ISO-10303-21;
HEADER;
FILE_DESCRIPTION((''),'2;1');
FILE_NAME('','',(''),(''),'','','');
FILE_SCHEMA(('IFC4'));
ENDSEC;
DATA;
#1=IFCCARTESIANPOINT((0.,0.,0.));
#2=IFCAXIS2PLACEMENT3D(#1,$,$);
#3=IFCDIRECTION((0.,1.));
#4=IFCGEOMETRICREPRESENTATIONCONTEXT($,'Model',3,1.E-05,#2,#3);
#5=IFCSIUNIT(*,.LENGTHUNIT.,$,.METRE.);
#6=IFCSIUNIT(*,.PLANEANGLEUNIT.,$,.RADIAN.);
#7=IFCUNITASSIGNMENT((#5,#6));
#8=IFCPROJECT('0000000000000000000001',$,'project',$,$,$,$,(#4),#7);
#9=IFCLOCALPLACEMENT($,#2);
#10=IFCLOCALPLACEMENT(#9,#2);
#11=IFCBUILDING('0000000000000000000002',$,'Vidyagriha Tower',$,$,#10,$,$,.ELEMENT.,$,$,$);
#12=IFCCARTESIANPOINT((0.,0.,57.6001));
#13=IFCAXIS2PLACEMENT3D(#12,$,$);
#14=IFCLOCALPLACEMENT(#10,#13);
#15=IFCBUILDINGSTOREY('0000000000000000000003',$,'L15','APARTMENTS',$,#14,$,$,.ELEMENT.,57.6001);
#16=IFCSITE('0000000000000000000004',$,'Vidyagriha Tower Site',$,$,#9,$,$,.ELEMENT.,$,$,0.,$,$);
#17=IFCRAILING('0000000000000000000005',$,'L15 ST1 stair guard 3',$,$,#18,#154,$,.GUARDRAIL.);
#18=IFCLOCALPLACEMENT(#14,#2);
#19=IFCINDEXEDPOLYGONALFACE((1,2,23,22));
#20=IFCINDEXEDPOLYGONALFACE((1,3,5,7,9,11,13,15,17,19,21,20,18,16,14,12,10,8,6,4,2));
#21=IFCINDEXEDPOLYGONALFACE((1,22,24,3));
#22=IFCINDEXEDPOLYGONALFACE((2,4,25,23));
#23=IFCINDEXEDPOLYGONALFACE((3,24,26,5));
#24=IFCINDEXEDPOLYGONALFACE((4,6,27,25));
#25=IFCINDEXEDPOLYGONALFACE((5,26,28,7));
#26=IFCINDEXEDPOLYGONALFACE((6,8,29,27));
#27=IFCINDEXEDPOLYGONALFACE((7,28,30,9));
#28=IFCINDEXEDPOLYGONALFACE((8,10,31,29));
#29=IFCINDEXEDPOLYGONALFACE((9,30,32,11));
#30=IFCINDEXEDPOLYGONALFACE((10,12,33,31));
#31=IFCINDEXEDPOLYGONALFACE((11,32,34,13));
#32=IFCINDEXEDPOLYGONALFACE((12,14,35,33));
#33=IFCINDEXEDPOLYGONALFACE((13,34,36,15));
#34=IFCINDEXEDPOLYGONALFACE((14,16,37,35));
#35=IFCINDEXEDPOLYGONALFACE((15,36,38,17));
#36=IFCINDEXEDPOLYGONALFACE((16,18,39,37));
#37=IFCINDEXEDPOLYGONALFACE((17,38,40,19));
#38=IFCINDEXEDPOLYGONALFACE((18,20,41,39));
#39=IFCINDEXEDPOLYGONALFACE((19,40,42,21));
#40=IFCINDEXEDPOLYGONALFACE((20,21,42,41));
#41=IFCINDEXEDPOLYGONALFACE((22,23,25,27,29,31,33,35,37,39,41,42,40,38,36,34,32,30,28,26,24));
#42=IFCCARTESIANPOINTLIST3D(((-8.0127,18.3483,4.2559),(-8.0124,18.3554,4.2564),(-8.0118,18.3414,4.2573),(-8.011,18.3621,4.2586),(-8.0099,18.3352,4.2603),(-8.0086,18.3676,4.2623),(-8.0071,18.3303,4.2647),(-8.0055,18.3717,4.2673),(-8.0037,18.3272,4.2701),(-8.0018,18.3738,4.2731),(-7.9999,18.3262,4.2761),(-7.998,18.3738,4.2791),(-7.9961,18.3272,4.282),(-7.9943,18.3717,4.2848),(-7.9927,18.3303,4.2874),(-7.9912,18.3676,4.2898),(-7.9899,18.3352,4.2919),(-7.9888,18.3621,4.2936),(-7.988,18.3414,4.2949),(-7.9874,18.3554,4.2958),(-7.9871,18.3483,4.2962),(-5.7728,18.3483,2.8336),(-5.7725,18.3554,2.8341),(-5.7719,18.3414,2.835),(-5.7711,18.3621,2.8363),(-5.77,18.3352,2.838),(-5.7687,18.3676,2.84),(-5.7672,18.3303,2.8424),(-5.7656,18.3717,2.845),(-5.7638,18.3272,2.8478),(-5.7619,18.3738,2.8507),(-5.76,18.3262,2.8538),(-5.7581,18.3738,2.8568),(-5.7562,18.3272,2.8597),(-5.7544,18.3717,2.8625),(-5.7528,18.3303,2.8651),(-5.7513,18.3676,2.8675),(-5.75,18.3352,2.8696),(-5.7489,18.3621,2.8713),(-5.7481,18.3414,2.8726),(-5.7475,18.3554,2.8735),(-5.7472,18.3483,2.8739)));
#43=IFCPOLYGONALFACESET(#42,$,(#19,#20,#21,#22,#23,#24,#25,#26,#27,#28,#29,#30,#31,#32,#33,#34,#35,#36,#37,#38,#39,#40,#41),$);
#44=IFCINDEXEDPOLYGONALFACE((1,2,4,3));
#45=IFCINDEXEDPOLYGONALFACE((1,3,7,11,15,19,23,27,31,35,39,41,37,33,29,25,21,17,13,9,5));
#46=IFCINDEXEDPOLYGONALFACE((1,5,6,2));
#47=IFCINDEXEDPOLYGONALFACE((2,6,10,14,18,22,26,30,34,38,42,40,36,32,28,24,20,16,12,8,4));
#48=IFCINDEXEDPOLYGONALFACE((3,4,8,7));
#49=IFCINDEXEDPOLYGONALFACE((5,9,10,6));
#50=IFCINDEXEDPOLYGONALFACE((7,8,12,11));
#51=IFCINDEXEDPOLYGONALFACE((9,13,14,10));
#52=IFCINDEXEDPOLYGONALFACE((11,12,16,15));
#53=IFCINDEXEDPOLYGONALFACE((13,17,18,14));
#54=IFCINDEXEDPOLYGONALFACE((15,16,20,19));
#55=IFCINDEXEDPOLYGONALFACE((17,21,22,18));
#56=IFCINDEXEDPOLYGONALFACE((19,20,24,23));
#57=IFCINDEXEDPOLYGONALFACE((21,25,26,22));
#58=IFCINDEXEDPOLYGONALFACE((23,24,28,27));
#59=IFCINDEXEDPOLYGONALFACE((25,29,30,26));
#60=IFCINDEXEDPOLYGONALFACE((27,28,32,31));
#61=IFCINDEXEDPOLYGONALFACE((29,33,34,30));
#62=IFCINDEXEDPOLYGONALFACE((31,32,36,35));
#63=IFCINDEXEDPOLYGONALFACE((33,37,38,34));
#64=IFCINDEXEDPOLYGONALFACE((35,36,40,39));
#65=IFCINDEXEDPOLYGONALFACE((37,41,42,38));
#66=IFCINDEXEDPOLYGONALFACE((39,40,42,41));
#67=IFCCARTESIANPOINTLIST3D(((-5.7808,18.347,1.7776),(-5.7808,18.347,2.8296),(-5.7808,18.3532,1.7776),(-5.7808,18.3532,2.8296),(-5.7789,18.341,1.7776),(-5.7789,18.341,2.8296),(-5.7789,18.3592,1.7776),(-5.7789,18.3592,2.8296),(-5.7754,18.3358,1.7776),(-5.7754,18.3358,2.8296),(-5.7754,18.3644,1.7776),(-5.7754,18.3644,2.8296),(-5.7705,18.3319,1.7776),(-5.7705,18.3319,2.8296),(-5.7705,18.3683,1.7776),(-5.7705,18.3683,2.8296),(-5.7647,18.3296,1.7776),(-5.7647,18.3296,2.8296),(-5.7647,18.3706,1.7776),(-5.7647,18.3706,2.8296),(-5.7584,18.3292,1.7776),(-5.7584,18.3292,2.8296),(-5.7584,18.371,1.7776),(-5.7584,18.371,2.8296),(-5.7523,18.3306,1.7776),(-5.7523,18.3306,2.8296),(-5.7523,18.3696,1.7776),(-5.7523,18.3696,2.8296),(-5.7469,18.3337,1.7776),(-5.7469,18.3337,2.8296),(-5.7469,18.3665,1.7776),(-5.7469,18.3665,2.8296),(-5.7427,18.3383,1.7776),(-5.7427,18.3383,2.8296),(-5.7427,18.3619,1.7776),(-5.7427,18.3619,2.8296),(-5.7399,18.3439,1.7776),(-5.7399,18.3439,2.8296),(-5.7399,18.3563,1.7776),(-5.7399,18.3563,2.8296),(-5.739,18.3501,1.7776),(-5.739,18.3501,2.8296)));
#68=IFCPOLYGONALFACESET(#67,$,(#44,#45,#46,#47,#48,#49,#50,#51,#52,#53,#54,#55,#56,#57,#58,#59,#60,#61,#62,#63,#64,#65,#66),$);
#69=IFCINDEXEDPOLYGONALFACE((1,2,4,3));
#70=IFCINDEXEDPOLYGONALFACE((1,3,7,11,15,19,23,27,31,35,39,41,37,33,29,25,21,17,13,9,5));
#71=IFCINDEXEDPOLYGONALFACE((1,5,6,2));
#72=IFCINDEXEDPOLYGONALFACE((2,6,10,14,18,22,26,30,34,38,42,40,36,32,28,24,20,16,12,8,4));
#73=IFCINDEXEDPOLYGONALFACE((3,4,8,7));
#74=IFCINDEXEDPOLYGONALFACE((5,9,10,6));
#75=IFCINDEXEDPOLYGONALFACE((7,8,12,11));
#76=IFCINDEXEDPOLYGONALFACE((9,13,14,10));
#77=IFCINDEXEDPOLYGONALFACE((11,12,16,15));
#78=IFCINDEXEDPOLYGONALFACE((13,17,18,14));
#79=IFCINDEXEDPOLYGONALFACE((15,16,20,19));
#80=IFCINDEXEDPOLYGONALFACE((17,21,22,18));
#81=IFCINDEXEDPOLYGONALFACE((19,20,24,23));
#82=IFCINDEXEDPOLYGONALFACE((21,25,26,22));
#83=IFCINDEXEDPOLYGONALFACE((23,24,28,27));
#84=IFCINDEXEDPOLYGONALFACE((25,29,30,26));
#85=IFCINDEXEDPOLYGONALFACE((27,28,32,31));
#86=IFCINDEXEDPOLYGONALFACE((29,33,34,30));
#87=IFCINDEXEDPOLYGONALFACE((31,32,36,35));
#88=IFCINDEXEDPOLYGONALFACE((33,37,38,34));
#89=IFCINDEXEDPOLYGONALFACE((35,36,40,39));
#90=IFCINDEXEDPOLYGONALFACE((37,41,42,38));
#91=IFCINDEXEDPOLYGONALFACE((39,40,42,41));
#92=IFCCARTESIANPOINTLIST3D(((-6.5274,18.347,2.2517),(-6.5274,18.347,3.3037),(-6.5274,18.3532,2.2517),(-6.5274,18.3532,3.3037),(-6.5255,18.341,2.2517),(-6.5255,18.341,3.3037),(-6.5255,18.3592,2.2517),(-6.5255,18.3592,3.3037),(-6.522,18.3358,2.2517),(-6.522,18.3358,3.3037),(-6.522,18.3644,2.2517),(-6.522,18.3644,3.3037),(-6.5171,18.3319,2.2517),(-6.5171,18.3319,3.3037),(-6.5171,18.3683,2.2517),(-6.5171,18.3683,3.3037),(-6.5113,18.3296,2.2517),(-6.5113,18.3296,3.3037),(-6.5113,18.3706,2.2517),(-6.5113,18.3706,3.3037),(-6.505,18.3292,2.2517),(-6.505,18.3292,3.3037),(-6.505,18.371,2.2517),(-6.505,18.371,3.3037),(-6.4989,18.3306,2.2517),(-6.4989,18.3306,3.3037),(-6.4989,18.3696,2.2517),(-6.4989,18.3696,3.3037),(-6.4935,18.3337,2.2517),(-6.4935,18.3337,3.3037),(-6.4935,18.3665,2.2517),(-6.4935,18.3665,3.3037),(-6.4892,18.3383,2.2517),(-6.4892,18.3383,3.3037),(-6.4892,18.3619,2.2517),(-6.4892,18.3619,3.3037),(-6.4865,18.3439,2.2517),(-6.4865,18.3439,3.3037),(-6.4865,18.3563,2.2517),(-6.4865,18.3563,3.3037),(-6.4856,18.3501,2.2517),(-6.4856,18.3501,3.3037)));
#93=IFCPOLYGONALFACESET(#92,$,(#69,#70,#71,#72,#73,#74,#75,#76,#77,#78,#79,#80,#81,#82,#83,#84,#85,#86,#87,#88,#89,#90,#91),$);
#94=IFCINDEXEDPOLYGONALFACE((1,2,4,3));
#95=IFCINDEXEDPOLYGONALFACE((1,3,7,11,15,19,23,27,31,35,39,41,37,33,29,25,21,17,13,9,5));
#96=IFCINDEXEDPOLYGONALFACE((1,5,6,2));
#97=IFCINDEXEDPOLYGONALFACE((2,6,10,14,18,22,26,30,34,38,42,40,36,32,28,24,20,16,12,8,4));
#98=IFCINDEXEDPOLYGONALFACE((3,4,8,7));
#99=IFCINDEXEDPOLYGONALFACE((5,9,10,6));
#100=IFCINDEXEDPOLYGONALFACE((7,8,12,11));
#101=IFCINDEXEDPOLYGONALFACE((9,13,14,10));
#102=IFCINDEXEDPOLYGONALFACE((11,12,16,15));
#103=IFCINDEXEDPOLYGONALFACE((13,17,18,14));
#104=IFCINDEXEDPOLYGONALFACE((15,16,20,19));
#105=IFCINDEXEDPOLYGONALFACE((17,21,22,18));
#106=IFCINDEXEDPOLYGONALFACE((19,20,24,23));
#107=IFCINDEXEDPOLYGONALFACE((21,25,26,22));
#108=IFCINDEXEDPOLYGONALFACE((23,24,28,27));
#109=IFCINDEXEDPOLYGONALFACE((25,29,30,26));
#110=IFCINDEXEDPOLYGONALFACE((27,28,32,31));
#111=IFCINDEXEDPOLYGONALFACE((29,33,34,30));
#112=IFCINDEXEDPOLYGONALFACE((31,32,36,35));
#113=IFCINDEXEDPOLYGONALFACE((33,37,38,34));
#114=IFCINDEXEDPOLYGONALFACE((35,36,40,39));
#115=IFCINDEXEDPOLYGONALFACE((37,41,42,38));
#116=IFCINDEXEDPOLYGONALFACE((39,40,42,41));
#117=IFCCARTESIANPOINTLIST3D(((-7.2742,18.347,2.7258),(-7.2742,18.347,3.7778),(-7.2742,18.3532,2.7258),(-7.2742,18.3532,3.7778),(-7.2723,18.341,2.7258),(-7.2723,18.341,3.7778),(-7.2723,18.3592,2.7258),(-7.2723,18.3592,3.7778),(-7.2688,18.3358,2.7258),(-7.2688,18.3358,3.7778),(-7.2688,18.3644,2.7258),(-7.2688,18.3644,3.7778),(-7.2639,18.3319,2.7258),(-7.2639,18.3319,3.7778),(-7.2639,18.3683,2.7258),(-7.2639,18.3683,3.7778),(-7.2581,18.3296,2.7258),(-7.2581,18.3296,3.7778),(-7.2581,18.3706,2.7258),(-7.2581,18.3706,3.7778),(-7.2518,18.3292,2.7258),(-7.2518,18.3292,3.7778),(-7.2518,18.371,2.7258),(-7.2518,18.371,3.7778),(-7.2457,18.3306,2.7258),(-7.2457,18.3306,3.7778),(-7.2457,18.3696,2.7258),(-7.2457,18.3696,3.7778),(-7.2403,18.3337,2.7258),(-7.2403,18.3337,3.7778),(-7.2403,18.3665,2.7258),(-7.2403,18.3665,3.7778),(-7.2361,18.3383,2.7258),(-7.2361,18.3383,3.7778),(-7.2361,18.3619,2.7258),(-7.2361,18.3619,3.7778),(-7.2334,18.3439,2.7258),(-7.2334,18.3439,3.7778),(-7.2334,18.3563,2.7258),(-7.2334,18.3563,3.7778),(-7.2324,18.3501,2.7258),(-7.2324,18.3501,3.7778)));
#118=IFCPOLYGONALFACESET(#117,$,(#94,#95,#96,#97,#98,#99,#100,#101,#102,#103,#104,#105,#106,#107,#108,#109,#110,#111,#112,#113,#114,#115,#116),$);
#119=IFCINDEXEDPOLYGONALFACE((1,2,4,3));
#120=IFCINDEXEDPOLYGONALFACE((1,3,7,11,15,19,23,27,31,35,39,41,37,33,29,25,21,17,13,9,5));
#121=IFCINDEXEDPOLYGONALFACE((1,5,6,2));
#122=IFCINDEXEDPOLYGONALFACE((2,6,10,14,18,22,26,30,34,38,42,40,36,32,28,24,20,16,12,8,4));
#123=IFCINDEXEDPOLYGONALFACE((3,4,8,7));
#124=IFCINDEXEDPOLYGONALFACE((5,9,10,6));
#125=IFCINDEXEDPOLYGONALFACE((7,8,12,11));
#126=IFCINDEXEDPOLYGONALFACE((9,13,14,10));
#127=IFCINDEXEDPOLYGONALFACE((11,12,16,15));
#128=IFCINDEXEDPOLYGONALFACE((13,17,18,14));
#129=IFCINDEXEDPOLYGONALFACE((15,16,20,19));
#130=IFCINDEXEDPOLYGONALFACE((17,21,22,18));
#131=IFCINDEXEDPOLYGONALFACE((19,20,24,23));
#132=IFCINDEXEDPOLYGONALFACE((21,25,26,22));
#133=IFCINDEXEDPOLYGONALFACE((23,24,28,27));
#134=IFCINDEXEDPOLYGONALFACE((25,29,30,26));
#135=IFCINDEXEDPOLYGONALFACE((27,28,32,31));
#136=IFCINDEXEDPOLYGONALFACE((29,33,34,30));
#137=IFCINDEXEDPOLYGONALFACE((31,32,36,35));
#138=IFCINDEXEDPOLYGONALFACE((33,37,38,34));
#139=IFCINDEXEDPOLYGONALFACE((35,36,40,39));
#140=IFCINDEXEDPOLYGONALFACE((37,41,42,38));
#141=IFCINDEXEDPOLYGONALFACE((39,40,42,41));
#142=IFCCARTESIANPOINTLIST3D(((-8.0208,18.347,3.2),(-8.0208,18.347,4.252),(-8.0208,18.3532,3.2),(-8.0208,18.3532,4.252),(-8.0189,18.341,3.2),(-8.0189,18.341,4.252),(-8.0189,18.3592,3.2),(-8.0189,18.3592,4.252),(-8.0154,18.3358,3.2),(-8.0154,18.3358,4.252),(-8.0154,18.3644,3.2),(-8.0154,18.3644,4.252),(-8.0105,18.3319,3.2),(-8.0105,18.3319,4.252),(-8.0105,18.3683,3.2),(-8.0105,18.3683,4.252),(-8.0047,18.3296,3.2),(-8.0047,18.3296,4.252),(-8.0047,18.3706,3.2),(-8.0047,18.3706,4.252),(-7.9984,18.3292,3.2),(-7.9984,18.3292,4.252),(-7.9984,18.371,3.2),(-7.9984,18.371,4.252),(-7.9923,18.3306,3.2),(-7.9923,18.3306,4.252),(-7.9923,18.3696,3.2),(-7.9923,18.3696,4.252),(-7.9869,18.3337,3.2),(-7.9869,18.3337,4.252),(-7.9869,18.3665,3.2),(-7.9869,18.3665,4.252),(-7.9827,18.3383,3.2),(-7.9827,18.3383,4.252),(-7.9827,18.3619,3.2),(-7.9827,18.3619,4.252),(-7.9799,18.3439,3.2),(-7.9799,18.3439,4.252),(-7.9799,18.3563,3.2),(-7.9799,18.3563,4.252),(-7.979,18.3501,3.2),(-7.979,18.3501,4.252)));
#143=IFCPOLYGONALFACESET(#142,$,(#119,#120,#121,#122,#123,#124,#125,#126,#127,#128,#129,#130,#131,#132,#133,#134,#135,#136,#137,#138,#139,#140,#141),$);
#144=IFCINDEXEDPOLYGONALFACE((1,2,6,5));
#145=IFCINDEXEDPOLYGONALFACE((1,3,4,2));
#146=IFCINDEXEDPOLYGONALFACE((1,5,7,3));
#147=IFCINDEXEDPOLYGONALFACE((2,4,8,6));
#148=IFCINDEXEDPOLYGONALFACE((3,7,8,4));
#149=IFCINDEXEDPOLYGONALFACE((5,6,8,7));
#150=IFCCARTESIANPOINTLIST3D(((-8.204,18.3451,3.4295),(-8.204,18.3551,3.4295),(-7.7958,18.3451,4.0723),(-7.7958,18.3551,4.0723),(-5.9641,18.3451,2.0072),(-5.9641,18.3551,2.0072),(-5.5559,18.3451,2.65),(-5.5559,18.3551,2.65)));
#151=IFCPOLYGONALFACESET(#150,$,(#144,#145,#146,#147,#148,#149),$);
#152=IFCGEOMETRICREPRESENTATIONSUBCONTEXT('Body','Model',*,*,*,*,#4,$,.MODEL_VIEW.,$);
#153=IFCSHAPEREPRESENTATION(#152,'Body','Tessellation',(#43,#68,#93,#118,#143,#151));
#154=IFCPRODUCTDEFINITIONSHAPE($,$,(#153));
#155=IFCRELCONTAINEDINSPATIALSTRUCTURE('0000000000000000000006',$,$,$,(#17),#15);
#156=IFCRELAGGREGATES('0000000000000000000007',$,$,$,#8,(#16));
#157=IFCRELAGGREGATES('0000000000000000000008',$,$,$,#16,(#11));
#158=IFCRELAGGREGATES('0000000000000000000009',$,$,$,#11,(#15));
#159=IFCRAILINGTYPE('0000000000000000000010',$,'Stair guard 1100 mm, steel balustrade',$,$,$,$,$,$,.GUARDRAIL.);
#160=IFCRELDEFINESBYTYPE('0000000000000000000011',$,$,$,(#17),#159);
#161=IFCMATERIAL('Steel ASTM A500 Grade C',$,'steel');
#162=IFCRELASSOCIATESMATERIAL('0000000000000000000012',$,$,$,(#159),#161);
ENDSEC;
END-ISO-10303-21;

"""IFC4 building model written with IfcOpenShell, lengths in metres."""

from ifc_helpers import new_model, si_unit, direction, frame, origin, origin_2d, place, context, subcontext, project, spatial, rectangle, circle, extrude, material, type_object, element, save


model = new_model("IFC4")

# Units and contexts
model_context = context("Model", 3, precision=1e-05, world=origin(), true_north=direction((0.0, 1.0)))
body_context = subcontext(model_context, "Body", "Model", "MODEL_VIEW")
ifc_project = project(units=[si_unit("LENGTHUNIT", "METRE"), si_unit("PLANEANGLEUNIT", "RADIAN")], contexts=[model_context])

# Site, building, storey
site_placement = place(None, origin())
site = spatial("IfcSite", under=ifc_project, at=site_placement, Name="Vidyagriha Tower Site", CompositionType="ELEMENT", RefElevation=0.0)
building_placement = place(site_placement, origin())
building = spatial("IfcBuilding", under=site, at=building_placement, Name="Vidyagriha Tower", CompositionType="ELEMENT")
storey_placement = place(building_placement, frame((0.0, 0.0, 57.6001)))
storey = spatial("IfcBuildingStorey", under=building, at=storey_placement, Name="L15", Description="APARTMENTS", CompositionType="ELEMENT", Elevation=57.6001)

# Railing
ifc_material_1 = material(Name="Steel ASTM A500 Grade C", Category="steel")
railing_type_1 = type_object("IfcRailingType", Name="Stair guard 1100 mm, steel balustrade", PredefinedType="GUARDRAIL", material=ifc_material_1)
railing_1_placement = place(storey_placement, frame((-5.76, 18.3501, 1.7776)))
element("IfcRailing", 1, at=railing_1_placement, inside=storey, type_object=railing_type_1, Name="L15 ST1 stair guard 3", PredefinedType="GUARDRAIL", context=body_context, shape_type="SweptSolid", body=[
    extrude(circle(Radius=0.0239, at=origin_2d()), frame((0.0, 0.0, 1.0762), z_axis=(-0.844188, 0.0, 0.536048), x_axis=(0.0, -1.0, 0.0)), (0.0, 0.0, 1.0), 2.6533),
    extrude(circle(Radius=0.021, at=origin_2d()), origin(), (0.0, 0.0, 1.0), 1.052),
    extrude(circle(Radius=0.021, at=origin_2d()), frame((-0.7466, 0.0, 0.4741)), (0.0, 0.0, 1.0), 1.052),
    extrude(circle(Radius=0.021, at=origin_2d()), frame((-1.4934, 0.0, 0.9482)), (0.0, 0.0, 1.0), 1.052),
    extrude(circle(Radius=0.021, at=origin_2d()), frame((-2.24, 0.0, 1.4224)), (0.0, 0.0, 1.0), 1.052),
    extrude(rectangle(XDim=0.01, YDim=0.7615, at=origin_2d()), frame((0.0, 0.0, 0.551), z_axis=(-0.844188, 0.0, 0.536048), x_axis=(0.0, -1.0, 0.0)), (0.0, 0.0, 1.0), 2.6533),
])

save(model, "model.ifc")
